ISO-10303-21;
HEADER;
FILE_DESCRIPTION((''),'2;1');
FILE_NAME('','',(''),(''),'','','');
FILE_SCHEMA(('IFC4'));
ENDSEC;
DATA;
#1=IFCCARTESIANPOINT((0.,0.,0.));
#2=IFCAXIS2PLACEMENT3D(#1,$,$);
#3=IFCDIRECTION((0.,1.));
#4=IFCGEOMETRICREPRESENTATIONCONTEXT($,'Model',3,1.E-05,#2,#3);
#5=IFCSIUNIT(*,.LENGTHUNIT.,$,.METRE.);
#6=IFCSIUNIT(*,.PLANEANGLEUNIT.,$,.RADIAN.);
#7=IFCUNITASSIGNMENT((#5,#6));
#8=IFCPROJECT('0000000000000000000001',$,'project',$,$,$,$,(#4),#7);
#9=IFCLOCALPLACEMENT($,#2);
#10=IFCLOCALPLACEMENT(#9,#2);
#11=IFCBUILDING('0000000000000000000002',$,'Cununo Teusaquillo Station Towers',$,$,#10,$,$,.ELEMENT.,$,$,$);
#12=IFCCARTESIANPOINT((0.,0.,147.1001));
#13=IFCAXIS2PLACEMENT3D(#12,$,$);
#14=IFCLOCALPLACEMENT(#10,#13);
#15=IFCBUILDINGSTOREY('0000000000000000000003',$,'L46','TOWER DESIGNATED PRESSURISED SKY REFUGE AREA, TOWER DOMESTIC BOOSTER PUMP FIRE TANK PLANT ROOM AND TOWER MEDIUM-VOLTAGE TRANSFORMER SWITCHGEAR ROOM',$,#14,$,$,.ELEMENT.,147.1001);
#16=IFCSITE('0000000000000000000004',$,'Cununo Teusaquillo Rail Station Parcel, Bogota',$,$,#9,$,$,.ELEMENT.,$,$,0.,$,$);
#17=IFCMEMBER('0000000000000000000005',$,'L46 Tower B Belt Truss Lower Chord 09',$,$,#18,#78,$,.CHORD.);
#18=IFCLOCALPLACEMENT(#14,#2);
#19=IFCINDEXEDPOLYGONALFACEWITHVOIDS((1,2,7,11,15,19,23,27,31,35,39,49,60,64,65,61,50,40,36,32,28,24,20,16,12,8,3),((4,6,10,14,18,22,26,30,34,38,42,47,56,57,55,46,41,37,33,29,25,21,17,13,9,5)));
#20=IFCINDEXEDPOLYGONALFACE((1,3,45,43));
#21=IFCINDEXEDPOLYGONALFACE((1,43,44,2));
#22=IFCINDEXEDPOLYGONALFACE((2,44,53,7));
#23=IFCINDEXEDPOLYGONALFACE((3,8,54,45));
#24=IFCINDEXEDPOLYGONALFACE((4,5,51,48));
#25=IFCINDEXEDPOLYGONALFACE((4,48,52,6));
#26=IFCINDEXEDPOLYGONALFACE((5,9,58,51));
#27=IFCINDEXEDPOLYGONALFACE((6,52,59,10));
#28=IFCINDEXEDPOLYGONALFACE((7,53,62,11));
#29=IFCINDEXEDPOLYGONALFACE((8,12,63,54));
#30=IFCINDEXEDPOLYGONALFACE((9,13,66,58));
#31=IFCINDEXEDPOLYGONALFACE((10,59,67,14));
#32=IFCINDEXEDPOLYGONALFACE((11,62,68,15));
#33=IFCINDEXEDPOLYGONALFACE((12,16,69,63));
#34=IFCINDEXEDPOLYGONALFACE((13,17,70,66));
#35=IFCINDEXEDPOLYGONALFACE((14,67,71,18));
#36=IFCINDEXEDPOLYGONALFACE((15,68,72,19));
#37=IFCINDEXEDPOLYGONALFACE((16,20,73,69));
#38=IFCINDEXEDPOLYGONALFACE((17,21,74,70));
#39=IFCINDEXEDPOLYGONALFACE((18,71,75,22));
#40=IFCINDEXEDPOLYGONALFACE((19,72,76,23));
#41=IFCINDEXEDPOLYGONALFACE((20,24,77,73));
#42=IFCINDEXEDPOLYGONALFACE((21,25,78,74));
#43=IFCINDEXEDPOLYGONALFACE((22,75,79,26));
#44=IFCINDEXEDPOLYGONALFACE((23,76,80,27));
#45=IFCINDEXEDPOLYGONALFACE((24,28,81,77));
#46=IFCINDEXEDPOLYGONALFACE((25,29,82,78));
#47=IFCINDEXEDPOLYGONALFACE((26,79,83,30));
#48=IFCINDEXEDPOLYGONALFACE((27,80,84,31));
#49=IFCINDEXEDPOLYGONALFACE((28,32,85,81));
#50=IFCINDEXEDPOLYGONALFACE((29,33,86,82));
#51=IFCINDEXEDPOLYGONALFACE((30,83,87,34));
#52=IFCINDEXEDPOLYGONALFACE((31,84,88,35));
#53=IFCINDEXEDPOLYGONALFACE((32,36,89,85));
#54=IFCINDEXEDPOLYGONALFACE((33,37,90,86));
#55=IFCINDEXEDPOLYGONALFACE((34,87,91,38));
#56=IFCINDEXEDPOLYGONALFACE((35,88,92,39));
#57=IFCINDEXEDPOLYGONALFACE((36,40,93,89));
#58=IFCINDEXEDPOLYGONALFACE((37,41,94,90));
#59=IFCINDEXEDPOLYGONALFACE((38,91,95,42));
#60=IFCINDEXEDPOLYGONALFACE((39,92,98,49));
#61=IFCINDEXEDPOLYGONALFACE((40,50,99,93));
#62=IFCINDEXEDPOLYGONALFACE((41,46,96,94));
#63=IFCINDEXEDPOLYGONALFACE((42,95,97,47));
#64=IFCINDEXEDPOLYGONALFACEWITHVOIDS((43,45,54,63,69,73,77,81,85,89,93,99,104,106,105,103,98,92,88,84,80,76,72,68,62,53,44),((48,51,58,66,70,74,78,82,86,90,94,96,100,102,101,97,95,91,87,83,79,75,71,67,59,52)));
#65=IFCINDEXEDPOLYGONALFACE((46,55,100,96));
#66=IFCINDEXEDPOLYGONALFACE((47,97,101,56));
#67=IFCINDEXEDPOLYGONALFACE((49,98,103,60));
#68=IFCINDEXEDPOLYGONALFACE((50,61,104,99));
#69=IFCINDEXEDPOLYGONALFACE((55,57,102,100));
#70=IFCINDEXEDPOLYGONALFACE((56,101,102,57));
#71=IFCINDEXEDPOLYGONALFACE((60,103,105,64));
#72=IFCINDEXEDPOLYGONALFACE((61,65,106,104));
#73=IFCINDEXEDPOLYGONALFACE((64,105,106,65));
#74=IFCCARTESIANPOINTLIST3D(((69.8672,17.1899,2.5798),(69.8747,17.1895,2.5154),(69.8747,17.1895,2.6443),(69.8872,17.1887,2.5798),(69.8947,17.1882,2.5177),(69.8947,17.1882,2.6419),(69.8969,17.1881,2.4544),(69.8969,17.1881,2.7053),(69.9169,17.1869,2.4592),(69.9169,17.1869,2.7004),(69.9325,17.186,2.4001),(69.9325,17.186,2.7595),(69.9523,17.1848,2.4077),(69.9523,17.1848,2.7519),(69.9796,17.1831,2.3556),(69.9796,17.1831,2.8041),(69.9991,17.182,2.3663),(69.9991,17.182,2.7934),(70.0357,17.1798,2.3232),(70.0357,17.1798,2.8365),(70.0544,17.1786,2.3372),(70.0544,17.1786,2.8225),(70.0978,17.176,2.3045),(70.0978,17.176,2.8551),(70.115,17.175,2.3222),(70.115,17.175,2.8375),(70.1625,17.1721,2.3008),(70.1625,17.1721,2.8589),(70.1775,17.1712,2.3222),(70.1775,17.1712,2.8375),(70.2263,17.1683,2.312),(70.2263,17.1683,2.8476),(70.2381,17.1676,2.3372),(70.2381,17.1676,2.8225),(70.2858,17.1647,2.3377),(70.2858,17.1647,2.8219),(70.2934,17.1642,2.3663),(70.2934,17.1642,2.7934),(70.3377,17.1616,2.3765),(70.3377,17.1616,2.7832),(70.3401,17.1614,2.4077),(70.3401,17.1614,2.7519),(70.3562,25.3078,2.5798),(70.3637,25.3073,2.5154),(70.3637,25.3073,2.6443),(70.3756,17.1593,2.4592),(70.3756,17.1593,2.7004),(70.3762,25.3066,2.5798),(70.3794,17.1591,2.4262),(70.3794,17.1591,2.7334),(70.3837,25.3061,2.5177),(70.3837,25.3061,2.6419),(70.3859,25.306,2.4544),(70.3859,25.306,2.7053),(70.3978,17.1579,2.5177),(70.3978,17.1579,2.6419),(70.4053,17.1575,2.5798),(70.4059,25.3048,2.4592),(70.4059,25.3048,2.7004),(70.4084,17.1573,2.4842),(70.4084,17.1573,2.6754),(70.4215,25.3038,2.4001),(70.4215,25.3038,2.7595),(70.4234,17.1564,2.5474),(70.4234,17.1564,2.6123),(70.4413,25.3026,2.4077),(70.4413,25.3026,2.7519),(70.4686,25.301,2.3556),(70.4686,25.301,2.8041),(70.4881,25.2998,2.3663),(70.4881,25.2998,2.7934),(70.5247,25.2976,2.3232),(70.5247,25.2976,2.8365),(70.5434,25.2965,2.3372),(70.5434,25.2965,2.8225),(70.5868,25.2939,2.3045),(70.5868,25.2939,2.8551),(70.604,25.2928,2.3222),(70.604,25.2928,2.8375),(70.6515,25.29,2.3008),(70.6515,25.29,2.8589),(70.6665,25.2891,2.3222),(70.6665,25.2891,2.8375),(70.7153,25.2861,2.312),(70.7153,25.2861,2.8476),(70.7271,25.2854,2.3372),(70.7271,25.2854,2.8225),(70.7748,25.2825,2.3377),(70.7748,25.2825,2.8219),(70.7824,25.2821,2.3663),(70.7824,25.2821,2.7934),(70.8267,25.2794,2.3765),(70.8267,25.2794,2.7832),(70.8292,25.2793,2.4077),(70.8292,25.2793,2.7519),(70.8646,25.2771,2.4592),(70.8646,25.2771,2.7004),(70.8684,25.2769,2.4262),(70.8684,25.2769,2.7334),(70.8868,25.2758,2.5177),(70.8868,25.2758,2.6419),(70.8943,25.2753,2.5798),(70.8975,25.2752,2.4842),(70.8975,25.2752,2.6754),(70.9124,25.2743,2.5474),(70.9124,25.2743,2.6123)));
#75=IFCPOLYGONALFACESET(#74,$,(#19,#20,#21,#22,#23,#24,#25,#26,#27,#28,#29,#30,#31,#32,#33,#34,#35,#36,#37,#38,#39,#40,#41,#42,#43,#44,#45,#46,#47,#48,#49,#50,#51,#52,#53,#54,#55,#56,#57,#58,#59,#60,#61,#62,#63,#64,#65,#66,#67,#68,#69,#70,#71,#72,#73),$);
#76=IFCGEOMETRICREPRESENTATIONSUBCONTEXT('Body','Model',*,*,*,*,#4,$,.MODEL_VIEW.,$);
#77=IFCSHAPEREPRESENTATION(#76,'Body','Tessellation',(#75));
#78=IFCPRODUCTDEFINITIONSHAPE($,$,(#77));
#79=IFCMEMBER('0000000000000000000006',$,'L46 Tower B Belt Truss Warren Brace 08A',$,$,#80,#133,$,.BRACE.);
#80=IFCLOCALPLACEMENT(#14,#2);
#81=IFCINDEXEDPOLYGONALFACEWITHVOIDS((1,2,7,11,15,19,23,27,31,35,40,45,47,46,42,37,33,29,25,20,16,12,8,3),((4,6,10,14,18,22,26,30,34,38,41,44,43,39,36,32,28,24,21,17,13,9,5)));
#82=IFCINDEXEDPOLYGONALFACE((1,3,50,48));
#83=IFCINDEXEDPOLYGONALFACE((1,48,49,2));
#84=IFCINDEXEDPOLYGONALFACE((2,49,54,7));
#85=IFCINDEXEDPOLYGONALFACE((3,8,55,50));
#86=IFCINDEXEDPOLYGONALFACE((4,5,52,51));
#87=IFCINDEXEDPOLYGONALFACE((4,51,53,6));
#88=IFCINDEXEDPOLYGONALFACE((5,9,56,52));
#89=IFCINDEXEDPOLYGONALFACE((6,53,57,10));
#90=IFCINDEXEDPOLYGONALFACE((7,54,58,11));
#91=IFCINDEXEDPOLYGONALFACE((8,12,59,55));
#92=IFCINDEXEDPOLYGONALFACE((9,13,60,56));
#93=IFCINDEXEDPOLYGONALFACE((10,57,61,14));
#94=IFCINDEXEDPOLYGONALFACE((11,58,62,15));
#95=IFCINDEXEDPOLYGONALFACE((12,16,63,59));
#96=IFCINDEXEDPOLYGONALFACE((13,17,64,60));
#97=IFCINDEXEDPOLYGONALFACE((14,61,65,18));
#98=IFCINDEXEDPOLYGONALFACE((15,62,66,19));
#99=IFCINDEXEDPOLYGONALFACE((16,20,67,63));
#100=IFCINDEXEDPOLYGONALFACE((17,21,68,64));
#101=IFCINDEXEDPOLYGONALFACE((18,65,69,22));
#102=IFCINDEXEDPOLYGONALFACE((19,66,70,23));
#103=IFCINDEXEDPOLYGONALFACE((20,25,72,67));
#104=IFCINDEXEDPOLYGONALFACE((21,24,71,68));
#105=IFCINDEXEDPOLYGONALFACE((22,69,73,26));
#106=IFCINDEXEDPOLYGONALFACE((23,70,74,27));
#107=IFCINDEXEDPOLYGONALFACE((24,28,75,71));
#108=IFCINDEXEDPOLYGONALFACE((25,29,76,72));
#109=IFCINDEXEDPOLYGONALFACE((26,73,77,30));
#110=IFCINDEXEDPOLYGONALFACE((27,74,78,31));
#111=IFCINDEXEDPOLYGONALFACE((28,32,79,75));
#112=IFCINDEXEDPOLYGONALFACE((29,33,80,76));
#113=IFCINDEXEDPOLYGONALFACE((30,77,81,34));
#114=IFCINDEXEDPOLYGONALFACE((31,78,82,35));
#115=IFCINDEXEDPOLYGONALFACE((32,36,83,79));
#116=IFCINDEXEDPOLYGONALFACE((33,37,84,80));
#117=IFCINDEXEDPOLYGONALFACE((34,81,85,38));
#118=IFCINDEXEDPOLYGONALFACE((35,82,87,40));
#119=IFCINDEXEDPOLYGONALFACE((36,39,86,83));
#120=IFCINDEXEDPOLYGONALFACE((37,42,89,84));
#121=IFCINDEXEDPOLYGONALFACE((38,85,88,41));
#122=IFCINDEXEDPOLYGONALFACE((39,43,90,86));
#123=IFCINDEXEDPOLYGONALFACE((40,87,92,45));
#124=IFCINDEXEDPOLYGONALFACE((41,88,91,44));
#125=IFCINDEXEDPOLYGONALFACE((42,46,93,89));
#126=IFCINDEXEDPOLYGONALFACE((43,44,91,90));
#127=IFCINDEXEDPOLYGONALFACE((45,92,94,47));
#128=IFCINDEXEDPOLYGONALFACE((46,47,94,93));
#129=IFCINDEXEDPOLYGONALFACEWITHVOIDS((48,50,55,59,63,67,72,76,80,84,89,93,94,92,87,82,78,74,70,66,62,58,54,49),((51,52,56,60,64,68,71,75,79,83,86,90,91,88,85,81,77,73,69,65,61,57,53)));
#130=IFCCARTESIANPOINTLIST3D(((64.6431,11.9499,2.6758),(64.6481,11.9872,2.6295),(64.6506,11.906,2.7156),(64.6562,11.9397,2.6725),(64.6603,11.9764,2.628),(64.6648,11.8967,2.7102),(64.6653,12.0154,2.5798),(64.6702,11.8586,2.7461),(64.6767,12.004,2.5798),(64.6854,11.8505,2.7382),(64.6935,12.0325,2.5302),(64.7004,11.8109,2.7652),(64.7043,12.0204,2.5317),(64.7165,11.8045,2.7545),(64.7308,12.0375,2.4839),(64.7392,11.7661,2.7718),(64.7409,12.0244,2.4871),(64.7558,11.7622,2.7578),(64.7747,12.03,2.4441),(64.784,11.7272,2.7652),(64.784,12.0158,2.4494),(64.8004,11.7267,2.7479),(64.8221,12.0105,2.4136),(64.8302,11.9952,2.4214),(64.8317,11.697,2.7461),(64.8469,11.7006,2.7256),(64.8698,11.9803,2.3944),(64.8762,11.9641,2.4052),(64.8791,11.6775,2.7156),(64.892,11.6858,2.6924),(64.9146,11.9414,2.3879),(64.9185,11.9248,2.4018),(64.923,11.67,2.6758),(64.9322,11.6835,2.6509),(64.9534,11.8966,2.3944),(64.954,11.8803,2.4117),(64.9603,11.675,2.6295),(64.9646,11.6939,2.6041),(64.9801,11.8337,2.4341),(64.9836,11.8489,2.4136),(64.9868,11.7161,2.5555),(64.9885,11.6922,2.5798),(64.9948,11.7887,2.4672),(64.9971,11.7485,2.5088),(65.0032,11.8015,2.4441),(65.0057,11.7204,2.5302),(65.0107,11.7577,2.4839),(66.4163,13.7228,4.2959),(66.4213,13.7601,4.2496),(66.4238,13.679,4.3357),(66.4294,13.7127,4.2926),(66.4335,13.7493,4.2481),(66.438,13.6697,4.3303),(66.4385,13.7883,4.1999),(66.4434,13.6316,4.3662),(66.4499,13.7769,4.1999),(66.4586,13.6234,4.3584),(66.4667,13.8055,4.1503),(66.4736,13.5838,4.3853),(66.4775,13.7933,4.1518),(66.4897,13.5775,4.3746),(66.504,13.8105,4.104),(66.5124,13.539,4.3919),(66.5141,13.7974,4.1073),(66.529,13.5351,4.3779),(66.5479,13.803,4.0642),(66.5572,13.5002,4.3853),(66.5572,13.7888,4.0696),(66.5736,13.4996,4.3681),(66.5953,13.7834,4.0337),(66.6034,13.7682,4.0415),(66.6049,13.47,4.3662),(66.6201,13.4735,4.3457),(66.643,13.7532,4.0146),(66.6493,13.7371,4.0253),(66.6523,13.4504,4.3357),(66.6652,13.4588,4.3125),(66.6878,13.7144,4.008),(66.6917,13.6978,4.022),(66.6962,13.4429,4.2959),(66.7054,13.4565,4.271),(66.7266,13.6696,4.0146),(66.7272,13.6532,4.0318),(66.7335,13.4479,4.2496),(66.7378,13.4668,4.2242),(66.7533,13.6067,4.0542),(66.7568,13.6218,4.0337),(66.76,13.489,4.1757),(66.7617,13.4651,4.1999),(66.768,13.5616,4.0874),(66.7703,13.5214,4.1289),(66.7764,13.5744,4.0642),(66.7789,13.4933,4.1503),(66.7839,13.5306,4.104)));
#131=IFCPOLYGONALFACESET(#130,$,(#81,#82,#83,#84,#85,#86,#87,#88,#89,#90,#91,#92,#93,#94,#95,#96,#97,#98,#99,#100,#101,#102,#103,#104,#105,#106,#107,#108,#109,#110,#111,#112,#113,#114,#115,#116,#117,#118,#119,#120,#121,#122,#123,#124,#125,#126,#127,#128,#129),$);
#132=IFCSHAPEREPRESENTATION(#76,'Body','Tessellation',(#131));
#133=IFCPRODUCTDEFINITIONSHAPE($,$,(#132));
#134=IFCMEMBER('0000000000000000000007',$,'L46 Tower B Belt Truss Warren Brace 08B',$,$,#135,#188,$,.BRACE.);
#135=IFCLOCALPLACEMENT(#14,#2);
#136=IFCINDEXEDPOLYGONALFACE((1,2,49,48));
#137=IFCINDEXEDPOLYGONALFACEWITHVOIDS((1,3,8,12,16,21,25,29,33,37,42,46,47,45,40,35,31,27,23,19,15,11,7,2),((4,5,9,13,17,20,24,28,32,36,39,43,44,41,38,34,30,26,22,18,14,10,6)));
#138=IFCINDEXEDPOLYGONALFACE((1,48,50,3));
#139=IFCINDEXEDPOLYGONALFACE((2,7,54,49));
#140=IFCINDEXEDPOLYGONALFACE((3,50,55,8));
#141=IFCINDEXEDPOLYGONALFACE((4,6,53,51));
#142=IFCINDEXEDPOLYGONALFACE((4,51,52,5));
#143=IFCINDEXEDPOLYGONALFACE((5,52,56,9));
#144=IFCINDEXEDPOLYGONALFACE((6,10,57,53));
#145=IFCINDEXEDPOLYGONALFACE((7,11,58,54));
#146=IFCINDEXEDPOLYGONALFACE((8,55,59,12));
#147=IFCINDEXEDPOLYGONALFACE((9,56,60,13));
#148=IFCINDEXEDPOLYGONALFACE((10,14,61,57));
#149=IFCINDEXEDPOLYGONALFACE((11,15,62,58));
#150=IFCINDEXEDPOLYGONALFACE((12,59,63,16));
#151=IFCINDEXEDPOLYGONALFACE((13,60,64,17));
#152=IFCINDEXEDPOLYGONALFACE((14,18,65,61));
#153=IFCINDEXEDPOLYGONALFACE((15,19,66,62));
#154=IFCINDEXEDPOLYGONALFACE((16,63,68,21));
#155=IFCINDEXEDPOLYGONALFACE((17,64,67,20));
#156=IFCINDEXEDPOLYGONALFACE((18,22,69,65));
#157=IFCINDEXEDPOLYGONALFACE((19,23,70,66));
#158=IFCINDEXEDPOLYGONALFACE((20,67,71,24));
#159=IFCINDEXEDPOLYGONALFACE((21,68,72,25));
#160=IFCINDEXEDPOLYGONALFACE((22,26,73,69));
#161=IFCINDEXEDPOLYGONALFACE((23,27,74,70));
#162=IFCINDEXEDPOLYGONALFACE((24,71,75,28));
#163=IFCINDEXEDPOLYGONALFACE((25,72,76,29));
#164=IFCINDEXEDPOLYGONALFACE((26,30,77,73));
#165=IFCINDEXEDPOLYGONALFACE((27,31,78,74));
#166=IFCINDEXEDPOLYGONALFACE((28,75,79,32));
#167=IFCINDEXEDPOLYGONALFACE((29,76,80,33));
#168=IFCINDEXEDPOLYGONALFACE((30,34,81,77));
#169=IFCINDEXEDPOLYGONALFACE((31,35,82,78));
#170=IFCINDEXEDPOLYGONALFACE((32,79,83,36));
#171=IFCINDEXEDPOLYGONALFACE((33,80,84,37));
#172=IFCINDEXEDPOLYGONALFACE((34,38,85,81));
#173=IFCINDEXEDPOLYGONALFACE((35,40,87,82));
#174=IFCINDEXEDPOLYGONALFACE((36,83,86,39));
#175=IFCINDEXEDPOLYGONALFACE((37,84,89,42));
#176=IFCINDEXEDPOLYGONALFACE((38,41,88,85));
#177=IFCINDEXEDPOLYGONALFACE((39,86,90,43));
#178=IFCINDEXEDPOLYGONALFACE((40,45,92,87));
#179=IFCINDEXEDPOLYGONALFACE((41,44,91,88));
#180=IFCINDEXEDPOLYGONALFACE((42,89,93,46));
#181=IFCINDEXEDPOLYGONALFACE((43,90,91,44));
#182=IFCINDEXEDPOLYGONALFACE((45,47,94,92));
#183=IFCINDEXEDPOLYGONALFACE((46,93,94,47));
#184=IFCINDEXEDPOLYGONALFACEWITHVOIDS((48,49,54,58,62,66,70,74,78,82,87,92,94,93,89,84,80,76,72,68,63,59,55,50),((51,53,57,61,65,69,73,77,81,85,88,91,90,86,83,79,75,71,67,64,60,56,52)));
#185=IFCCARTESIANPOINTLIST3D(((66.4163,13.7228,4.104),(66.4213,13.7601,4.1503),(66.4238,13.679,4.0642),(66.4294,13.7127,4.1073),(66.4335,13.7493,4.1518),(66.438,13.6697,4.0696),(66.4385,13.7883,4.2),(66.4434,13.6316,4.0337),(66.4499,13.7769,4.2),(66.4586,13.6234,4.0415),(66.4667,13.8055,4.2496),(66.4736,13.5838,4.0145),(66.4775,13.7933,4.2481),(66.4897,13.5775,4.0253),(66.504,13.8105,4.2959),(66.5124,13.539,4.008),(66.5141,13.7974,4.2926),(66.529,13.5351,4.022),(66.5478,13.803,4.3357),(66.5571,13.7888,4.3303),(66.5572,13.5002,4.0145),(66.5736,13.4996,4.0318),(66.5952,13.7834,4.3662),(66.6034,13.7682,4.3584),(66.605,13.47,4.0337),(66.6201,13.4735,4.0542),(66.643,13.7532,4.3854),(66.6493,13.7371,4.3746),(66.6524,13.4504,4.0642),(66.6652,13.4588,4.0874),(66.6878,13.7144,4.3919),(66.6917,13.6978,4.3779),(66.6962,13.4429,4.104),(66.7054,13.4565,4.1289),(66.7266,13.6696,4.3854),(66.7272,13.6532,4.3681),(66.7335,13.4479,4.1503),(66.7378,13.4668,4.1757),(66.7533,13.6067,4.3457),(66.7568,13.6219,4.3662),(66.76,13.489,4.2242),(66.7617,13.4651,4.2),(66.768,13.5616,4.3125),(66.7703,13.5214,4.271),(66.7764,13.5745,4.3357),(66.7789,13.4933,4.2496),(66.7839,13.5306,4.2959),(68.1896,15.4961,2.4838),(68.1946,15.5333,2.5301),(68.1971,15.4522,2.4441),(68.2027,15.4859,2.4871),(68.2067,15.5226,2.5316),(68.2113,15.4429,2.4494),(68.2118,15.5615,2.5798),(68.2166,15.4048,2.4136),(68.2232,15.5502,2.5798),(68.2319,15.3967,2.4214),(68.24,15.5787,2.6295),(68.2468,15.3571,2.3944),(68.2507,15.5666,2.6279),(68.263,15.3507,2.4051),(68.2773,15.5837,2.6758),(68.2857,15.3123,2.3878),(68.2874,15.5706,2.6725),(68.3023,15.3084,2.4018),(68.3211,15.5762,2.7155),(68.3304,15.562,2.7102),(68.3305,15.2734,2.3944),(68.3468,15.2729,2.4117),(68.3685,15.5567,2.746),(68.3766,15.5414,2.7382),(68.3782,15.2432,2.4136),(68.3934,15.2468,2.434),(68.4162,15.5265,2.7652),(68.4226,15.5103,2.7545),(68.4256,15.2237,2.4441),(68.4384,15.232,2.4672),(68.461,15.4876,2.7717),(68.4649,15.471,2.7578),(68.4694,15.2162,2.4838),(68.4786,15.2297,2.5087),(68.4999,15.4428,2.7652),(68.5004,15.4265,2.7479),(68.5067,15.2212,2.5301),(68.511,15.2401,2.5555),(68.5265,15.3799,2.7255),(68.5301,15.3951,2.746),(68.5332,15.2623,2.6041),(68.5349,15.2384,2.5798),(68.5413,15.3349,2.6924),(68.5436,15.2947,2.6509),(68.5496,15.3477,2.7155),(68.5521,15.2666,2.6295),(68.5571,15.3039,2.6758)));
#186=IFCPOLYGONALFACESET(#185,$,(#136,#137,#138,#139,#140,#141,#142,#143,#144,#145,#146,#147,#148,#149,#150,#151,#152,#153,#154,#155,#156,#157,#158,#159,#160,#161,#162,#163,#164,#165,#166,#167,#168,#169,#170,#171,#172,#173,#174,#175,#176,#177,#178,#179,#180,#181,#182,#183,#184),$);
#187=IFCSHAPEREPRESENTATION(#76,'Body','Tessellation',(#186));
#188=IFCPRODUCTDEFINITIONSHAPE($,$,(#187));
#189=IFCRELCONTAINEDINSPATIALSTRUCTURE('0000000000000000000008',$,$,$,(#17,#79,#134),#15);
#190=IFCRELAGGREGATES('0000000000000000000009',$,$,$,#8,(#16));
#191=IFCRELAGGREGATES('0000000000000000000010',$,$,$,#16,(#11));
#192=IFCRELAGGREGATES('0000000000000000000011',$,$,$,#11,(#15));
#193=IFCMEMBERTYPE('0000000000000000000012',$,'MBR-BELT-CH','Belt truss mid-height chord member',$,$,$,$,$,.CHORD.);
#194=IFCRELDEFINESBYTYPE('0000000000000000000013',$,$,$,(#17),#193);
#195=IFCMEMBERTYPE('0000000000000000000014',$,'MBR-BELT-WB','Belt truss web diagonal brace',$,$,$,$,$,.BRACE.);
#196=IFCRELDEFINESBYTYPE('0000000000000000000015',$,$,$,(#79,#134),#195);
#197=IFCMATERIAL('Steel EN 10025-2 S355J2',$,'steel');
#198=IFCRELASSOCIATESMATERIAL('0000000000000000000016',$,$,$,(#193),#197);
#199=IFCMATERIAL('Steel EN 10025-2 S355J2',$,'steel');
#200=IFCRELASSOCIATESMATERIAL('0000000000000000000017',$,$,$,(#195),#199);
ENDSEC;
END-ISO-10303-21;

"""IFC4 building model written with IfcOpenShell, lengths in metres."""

from ifc_helpers import new_model, si_unit, direction, frame, origin, origin_2d, place, context, subcontext, project, spatial, hollow_circle, extrude, material, material_profile, profile_set, type_object, element, save


model = new_model("IFC4")

# Units and contexts
model_context = context("Model", 3, precision=1e-05, world=origin(), true_north=direction((0.0, 1.0)))
body_context = subcontext(model_context, "Body", "Model", "MODEL_VIEW")
ifc_project = project(units=[si_unit("LENGTHUNIT", "METRE"), si_unit("PLANEANGLEUNIT", "RADIAN")], contexts=[model_context])

# Site, building, storey
site_placement = place(None, origin())
site = spatial("IfcSite", under=ifc_project, at=site_placement, Name="Cununo Teusaquillo Rail Station Parcel, Bogota", CompositionType="ELEMENT", RefElevation=0.0)
building_placement = place(site_placement, origin())
building = spatial("IfcBuilding", under=site, at=building_placement, Name="Cununo Teusaquillo Station Towers", CompositionType="ELEMENT")
storey_placement = place(building_placement, frame((0.0, 0.0, 147.1001)))
storey = spatial("IfcBuildingStorey", under=building, at=storey_placement, Name="L46", Description="TOWER DESIGNATED PRESSURISED SKY REFUGE AREA, TOWER DOMESTIC BOOSTER PUMP FIRE TANK PLANT ROOM AND TOWER MEDIUM-VOLTAGE TRANSFORMER SWITCHGEAR ROOM", CompositionType="ELEMENT", Elevation=147.1001)

# Members
ifc_material_1 = material(Name="Steel EN 10025-2 S355J2", Category="steel")
ifc_material_profile_1 = material_profile(ifc_material_1, hollow_circle(Radius=0.2795, WallThickness=0.02, at=origin_2d()), Name="CHS 559x20")
ifc_profile_set_1 = profile_set([ifc_material_profile_1], Name="Steel EN 10025-2 S355J2")
member_type_1 = type_object("IfcMemberType", Name="MBR-BELT-CH", Description="Belt truss mid-height chord member", PredefinedType="CHORD", material=ifc_profile_set_1)
member_1_placement = place(storey_placement, frame((70.1462, 17.1731, 2.5798), z_axis=(0.06013, 0.998191, 0.0), x_axis=(-0.998191, 0.06013, 0.0)))
element("IfcMember", 1, at=member_1_placement, inside=storey, type_object=member_type_1, Name="L46 Tower B Belt Truss Lower Chord 09", PredefinedType="CHORD", context=body_context, shape_type="SweptSolid", body=[
    extrude(hollow_circle(Radius=0.2795, WallThickness=0.02, at=origin_2d()), origin(), (0.0, 0.0, 1.0), 8.1326),
])
ifc_material_2 = material(Name="Steel EN 10025-2 S355J2", Category="steel")
ifc_material_profile_2 = material_profile(ifc_material_2, hollow_circle(Radius=0.2285, WallThickness=0.0161, at=origin_2d()), Name="CHS 457x16")
ifc_profile_set_2 = profile_set([ifc_material_profile_2], Name="Steel EN 10025-2 S355J2")
member_type_2 = type_object("IfcMemberType", Name="MBR-BELT-WB", Description="Belt truss web diagonal brace", PredefinedType="BRACE", material=ifc_profile_set_2)
member_2_placement = place(storey_placement, frame((64.8269, 11.8538, 2.5798), z_axis=(0.593964, 0.593882, 0.542688), x_axis=(-0.707058, 0.707155, 0.0)))
element("IfcMember", 2, at=member_2_placement, inside=storey, type_object=member_type_2, Name="L46 Tower B Belt Truss Warren Brace 08A", PredefinedType="BRACE", context=body_context, shape_type="SweptSolid", body=[
    extrude(hollow_circle(Radius=0.2285, WallThickness=0.0161, at=origin_2d()), origin(), (0.0, 0.0, 1.0), 2.9854),
])
member_3_placement = place(storey_placement, frame((66.6001, 13.6267, 4.2), z_axis=(0.593935, 0.593935, -0.542662), x_axis=(-0.707107, 0.707107, 0.0)))
element("IfcMember", 3, at=member_3_placement, inside=storey, type_object=member_type_2, Name="L46 Tower B Belt Truss Warren Brace 08B", PredefinedType="BRACE", context=body_context, shape_type="SweptSolid", body=[
    extrude(hollow_circle(Radius=0.2285, WallThickness=0.0161, at=origin_2d()), origin(), (0.0, 0.0, 1.0), 2.9856),
])

save(model, "model.ifc")
